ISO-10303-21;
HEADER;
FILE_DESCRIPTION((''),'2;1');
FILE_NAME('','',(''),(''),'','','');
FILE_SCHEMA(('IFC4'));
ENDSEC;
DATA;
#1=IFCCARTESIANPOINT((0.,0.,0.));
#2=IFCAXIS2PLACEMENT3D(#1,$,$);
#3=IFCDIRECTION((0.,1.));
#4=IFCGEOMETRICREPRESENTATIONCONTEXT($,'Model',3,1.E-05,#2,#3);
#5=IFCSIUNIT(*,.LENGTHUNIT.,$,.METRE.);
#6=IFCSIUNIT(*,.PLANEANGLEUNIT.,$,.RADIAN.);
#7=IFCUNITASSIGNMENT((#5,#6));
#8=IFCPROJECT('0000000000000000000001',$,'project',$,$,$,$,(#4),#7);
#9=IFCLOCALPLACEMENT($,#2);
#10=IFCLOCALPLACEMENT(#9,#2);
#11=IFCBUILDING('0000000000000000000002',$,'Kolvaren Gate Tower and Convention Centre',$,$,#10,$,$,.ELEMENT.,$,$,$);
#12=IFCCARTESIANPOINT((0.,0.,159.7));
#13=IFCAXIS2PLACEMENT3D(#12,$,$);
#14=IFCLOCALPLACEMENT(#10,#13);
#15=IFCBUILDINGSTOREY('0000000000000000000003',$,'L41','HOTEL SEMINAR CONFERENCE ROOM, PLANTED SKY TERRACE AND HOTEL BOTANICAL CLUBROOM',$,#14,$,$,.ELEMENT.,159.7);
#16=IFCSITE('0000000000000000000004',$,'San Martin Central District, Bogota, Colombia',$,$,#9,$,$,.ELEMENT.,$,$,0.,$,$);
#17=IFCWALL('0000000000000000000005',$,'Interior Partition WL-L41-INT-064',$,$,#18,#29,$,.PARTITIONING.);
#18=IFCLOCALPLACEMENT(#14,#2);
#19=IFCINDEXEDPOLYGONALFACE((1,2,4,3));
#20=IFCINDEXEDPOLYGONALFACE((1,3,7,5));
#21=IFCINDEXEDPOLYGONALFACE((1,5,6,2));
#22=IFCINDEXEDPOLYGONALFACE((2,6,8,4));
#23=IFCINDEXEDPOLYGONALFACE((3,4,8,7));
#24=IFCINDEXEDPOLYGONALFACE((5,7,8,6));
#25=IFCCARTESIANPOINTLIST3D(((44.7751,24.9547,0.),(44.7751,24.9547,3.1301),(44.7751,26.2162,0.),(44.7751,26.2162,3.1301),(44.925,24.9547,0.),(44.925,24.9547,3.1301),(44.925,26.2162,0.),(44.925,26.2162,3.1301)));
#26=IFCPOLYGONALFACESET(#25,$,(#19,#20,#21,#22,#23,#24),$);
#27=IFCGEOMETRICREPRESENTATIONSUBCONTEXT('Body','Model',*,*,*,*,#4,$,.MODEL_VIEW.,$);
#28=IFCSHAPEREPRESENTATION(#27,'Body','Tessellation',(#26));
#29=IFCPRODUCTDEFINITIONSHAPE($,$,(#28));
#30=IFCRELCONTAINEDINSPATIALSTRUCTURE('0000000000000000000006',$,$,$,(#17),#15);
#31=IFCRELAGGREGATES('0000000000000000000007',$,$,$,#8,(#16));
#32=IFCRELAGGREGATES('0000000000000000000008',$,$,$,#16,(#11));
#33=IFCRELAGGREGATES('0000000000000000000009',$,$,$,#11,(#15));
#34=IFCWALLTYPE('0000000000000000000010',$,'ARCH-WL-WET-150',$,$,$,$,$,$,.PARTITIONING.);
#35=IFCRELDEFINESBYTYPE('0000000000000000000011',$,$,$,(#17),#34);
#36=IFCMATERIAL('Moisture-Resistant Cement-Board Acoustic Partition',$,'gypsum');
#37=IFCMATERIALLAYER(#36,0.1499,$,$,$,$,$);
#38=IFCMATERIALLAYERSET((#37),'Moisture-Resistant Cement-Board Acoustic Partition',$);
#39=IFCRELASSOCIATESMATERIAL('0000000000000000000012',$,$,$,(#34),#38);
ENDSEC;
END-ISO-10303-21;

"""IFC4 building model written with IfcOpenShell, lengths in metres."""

from ifc_helpers import new_model, si_unit, direction, frame, frame_2d, origin, place, context, subcontext, project, spatial, rectangle, extrude, material, layer, layer_set, type_object, element, save


model = new_model("IFC4")

# Units and contexts
model_context = context("Model", 3, precision=1e-05, world=origin(), true_north=direction((0.0, 1.0)))
body_context = subcontext(model_context, "Body", "Model", "MODEL_VIEW")
ifc_project = project(units=[si_unit("LENGTHUNIT", "METRE"), si_unit("PLANEANGLEUNIT", "RADIAN")], contexts=[model_context])

# Site, building, storey
site_placement = place(None, origin())
site = spatial("IfcSite", under=ifc_project, at=site_placement, Name="San Martin Central District, Bogota, Colombia", CompositionType="ELEMENT", RefElevation=0.0)
building_placement = place(site_placement, origin())
building = spatial("IfcBuilding", under=site, at=building_placement, Name="Kolvaren Gate Tower and Convention Centre", CompositionType="ELEMENT")
storey_placement = place(building_placement, frame((0.0, 0.0, 159.7)))
storey = spatial("IfcBuildingStorey", under=building, at=storey_placement, Name="L41", Description="HOTEL SEMINAR CONFERENCE ROOM, PLANTED SKY TERRACE AND HOTEL BOTANICAL CLUBROOM", CompositionType="ELEMENT", Elevation=159.7)

# Shared definitions
ifc_material_1 = material(Name="Moisture-Resistant Cement-Board Acoustic Partition", Category="gypsum")
ifc_layer_1 = layer(ifc_material_1, 0.1499)
ifc_layer_set_1 = layer_set([ifc_layer_1], Name="Moisture-Resistant Cement-Board Acoustic Partition")
wall_type_1 = type_object("IfcWallType", Name="ARCH-WL-WET-150", PredefinedType="PARTITIONING", material=ifc_layer_set_1)

# Wall
wall_1_placement = place(storey_placement, frame((44.8501, 24.9546, 0.0), z_axis=(0.0, 0.0, 1.0), x_axis=(0.0, 1.0, 0.0)))
element("IfcWall", 1, at=wall_1_placement, inside=storey, type_object=wall_type_1, Name="Interior Partition WL-L41-INT-064", PredefinedType="PARTITIONING", context=body_context, shape_type="SweptSolid", body=[
    extrude(rectangle(XDim=1.2615, YDim=0.1499, at=frame_2d((0.6309, 0.0))), origin(), (0.0, 0.0, 1.0), 3.1301),
])

save(model, "model.ifc")
